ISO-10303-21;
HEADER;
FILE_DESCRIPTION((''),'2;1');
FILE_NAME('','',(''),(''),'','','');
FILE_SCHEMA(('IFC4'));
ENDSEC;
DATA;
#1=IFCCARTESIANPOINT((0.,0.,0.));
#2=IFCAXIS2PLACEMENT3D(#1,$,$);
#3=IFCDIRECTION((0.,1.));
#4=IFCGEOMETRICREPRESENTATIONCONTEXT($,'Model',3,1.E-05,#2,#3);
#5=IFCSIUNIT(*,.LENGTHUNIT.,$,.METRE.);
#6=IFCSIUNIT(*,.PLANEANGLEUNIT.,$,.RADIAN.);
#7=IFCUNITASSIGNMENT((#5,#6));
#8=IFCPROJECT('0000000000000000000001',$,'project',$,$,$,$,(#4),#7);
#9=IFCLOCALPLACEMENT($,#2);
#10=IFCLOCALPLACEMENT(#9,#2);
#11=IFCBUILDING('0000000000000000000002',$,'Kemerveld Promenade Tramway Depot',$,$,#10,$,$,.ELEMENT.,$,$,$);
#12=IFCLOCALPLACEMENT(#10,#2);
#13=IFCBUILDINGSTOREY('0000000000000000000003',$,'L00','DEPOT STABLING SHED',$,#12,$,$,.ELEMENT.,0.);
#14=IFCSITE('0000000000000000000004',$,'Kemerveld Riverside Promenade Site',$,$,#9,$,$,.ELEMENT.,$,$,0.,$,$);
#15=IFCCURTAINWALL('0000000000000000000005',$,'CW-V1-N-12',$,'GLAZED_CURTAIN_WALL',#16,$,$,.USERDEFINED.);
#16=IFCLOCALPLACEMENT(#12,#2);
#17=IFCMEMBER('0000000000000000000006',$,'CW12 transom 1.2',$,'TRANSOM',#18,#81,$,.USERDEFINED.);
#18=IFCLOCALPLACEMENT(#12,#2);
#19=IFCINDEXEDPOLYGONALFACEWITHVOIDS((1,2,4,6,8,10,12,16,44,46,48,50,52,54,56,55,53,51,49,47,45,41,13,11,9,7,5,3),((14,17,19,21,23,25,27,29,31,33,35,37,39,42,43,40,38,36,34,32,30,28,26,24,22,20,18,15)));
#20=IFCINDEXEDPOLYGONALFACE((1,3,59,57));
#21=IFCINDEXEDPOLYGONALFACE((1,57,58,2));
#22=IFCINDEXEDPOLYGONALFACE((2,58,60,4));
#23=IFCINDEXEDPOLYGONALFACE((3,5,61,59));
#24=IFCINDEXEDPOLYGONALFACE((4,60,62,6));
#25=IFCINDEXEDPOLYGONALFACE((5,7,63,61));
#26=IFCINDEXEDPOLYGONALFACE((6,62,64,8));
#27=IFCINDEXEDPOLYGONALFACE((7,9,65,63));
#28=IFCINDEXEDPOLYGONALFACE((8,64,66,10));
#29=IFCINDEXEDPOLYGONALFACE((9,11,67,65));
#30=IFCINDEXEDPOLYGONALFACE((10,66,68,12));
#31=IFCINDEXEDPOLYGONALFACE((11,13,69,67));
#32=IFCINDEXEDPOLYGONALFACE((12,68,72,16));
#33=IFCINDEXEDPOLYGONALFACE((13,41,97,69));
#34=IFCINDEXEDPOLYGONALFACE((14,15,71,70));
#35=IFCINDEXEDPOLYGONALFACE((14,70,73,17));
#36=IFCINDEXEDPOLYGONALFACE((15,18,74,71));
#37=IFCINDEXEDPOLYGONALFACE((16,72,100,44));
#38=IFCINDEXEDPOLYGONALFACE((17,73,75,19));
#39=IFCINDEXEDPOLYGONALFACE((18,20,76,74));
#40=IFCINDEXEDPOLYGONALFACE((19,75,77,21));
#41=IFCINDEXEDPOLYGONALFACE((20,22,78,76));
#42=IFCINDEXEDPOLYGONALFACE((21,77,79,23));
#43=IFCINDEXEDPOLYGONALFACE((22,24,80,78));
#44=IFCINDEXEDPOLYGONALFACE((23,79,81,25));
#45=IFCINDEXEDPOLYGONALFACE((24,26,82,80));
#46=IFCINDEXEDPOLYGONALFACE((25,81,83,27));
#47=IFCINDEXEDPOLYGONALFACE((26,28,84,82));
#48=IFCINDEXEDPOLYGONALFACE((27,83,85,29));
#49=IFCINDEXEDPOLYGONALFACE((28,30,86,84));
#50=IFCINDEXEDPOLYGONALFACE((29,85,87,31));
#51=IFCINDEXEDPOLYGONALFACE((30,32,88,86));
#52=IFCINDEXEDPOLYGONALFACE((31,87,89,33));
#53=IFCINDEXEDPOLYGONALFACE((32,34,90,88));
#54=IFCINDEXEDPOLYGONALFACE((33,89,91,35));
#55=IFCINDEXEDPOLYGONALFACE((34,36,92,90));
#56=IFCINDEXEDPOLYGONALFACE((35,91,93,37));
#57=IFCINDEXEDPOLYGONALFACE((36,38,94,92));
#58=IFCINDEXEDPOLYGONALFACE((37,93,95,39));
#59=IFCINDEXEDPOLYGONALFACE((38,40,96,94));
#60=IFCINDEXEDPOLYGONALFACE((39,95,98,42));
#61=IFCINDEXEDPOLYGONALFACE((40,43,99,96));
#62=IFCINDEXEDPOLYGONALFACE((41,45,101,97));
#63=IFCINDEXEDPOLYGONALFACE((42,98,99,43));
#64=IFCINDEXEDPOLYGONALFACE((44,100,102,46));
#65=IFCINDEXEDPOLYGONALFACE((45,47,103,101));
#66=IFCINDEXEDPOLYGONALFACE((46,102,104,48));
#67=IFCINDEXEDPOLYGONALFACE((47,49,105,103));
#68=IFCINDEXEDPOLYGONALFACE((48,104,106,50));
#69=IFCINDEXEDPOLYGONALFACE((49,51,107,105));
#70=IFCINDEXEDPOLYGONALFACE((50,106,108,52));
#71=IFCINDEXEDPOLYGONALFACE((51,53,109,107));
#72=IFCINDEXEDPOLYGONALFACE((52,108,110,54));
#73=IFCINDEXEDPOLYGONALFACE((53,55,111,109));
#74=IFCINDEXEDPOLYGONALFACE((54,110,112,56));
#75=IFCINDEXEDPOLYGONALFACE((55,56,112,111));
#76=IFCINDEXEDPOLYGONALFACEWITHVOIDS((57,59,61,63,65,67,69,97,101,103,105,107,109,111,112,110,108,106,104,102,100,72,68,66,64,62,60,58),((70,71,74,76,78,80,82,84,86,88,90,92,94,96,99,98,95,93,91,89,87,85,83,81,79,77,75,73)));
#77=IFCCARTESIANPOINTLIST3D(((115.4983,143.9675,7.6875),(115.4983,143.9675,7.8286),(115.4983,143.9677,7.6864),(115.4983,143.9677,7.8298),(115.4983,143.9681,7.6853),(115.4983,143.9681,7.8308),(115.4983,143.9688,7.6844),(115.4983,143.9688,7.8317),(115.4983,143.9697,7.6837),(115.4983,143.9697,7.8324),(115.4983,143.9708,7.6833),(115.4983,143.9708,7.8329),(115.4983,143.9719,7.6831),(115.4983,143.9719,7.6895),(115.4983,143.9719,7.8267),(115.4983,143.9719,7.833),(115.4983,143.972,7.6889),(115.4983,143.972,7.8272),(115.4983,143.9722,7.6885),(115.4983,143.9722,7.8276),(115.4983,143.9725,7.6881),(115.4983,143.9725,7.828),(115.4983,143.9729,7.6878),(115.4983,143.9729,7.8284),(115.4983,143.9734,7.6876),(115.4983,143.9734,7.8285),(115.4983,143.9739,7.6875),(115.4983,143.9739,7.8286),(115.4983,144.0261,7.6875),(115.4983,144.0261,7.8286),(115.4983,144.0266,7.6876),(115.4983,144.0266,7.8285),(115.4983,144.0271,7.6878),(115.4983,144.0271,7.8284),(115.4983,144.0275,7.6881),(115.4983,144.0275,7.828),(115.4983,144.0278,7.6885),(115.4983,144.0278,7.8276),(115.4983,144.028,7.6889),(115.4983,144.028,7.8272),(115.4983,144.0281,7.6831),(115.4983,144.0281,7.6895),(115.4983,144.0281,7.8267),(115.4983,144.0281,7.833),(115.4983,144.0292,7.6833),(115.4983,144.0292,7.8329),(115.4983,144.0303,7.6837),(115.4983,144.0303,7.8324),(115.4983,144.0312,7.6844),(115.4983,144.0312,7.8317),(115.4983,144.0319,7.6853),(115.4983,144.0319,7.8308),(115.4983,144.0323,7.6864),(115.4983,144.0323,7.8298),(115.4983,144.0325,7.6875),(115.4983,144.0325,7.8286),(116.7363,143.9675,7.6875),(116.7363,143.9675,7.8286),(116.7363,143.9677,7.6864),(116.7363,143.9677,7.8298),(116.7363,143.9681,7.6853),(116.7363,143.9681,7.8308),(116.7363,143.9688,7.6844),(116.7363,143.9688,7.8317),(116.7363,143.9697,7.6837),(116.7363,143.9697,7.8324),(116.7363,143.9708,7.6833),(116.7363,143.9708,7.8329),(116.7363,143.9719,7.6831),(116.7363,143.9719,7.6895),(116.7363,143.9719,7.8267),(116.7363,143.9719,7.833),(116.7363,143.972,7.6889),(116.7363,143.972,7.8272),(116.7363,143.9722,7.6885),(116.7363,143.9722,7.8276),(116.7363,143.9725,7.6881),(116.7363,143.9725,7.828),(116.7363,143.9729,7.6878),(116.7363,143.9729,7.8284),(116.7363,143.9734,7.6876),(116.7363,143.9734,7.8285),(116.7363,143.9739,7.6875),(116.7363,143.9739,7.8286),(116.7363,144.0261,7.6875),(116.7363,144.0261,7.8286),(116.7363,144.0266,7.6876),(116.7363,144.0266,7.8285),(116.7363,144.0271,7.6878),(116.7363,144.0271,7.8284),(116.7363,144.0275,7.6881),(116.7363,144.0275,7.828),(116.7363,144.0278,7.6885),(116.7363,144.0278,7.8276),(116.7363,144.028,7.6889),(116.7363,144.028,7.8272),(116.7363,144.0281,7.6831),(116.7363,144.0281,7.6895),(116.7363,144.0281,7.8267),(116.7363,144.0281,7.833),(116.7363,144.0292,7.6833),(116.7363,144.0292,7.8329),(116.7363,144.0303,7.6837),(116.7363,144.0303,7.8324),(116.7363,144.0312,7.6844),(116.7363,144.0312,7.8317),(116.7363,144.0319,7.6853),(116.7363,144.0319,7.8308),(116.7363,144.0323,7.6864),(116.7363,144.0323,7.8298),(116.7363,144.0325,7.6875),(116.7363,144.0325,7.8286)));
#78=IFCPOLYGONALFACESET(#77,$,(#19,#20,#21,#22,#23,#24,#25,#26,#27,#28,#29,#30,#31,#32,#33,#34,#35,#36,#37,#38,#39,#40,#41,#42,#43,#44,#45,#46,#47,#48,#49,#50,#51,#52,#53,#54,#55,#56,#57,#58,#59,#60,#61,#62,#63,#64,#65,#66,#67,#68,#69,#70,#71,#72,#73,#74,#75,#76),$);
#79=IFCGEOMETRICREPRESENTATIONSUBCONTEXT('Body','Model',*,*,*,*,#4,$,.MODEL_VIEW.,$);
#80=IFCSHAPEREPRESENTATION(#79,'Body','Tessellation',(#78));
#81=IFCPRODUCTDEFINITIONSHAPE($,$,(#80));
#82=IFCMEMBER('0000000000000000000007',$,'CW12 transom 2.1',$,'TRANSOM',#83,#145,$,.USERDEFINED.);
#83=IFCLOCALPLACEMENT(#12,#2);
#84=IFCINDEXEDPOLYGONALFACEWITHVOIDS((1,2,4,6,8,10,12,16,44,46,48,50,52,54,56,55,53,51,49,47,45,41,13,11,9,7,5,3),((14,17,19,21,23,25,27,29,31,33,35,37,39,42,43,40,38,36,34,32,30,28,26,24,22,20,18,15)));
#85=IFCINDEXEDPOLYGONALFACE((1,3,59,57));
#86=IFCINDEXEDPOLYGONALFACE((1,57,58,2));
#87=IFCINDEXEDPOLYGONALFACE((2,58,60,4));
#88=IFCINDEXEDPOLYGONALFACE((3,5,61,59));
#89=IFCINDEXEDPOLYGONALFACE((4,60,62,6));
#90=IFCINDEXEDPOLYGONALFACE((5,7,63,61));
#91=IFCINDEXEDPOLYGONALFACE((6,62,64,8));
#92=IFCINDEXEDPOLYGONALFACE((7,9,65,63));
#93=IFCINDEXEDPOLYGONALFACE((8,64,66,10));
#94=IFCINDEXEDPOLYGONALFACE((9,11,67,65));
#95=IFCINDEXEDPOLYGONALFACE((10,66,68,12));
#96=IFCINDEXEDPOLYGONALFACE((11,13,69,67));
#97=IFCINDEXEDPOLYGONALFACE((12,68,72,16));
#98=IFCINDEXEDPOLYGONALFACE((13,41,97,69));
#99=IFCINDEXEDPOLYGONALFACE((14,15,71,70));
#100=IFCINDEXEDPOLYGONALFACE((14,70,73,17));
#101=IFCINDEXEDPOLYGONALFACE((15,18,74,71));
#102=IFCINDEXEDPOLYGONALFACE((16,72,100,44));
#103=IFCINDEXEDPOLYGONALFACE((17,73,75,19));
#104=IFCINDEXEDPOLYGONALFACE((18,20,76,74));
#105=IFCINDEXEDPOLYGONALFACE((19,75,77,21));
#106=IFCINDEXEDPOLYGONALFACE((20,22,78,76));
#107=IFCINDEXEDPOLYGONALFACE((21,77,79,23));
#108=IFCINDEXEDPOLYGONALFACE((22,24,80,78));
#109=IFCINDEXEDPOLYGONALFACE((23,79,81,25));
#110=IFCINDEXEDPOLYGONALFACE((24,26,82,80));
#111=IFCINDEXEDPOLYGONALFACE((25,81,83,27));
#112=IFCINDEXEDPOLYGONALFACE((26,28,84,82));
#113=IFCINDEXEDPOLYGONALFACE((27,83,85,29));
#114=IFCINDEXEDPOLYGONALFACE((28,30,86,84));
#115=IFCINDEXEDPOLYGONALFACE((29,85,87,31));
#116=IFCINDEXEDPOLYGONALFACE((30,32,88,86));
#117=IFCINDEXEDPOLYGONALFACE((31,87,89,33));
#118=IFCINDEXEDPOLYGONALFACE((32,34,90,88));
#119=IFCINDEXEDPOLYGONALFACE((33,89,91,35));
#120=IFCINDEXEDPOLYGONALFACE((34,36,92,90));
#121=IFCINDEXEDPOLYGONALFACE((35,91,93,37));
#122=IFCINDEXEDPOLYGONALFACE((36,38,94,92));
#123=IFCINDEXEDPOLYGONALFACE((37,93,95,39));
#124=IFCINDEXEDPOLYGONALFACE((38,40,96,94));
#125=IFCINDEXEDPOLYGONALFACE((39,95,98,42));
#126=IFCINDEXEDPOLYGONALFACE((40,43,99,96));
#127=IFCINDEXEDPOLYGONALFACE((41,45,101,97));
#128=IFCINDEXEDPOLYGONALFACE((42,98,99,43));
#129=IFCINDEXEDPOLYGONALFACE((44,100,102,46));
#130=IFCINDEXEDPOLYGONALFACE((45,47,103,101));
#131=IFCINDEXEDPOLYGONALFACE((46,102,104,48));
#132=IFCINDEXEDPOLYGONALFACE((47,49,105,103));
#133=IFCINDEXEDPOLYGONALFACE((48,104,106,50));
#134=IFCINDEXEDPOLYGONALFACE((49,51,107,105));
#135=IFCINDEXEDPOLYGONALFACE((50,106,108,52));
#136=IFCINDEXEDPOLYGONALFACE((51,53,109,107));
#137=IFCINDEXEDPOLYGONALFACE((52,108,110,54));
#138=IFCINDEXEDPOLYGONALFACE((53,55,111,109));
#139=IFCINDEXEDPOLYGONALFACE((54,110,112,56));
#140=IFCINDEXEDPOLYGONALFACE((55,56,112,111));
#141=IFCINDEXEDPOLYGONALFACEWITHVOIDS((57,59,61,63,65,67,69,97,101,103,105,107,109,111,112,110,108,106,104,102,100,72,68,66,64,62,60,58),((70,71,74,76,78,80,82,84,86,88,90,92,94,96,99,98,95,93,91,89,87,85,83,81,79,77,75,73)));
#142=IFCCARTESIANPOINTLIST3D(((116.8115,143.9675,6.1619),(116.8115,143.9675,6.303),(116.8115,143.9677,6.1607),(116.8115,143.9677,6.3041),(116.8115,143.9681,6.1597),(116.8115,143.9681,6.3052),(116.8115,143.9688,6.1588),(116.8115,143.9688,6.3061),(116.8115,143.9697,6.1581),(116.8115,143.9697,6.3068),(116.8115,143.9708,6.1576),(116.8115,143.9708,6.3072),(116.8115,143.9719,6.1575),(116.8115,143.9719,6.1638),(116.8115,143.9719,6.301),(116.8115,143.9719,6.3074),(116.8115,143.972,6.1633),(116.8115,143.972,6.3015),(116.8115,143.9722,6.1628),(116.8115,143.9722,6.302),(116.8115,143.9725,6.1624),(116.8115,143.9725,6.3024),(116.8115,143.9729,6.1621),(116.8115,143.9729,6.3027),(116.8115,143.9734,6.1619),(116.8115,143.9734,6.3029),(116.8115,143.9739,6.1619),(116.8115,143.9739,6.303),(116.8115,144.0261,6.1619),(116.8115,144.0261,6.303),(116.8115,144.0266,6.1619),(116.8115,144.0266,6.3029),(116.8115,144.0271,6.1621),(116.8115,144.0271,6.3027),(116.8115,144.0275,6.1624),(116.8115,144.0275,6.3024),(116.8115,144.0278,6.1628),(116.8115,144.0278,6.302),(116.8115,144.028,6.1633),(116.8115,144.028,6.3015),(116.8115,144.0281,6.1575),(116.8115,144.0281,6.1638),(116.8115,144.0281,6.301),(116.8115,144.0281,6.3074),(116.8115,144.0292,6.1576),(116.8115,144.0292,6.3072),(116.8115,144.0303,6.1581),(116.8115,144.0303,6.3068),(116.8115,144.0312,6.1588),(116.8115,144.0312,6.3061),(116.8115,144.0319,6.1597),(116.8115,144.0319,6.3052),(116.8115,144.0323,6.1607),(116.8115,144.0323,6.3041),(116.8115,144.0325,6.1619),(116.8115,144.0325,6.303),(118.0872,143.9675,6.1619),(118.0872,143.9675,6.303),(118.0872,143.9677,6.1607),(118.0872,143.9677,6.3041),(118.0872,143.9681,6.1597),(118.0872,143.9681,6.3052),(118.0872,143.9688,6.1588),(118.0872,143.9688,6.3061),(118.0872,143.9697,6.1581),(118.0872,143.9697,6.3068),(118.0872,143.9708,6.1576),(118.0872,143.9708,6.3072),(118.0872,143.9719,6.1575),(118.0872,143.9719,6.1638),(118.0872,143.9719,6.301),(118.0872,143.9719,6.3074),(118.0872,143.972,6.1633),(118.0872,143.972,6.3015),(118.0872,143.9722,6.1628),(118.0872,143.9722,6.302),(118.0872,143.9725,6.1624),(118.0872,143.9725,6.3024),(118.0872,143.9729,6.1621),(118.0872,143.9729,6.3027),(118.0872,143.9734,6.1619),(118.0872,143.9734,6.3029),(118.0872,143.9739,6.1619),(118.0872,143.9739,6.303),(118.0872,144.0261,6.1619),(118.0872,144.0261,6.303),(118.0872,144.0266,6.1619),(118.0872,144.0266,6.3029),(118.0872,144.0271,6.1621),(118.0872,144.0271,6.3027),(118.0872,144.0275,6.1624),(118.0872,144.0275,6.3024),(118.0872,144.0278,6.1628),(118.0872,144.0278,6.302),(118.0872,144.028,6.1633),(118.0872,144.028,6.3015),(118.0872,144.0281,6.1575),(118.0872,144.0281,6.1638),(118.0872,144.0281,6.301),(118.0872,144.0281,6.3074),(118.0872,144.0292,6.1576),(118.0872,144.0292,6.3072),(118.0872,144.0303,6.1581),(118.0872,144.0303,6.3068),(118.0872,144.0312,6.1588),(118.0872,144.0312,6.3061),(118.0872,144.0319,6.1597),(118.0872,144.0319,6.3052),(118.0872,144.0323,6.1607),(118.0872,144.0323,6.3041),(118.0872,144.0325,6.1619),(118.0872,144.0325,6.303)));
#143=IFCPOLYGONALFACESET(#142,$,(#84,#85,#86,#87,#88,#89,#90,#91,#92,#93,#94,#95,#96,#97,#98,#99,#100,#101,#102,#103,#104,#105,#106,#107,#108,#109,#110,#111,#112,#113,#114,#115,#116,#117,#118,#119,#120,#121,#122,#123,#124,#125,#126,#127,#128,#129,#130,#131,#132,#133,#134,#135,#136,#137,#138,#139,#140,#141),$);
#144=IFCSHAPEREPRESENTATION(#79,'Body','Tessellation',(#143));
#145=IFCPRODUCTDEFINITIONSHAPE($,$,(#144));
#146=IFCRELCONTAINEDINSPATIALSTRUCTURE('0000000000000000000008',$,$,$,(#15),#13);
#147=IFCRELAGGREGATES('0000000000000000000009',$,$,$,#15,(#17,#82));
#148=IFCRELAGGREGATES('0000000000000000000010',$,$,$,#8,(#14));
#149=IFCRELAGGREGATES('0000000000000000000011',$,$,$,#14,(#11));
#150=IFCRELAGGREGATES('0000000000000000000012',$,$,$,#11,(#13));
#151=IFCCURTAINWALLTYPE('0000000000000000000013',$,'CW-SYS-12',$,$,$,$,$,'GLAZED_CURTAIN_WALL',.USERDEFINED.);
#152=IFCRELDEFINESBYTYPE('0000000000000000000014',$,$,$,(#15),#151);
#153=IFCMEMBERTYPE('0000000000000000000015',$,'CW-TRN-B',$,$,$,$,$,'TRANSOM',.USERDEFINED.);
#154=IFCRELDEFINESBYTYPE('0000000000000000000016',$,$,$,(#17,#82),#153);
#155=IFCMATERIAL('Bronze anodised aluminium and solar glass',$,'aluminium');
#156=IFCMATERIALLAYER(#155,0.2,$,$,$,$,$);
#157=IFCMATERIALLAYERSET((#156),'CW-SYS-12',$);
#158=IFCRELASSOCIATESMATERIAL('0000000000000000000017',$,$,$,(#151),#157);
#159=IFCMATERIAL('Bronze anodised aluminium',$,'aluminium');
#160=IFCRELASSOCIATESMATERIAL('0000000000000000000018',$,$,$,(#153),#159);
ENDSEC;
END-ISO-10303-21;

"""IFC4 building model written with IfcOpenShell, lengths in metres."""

from ifc_helpers import new_model, si_unit, direction, frame, origin, origin_2d, place, context, subcontext, project, spatial, hollow_rectangle, extrude, material, layer, layer_set, material_profile, profile_set, type_object, element, aggregate, save


model = new_model("IFC4")

# Units and contexts
model_context = context("Model", 3, precision=1e-05, world=origin(), true_north=direction((0.0, 1.0)))
body_context = subcontext(model_context, "Body", "Model", "MODEL_VIEW")
ifc_project = project(units=[si_unit("LENGTHUNIT", "METRE"), si_unit("PLANEANGLEUNIT", "RADIAN")], contexts=[model_context])

# Site, building, storey
site_placement = place(None, origin())
site = spatial("IfcSite", under=ifc_project, at=site_placement, Name="Kemerveld Riverside Promenade Site", CompositionType="ELEMENT", RefElevation=0.0)
building_placement = place(site_placement, origin())
building = spatial("IfcBuilding", under=site, at=building_placement, Name="Kemerveld Promenade Tramway Depot", CompositionType="ELEMENT")
storey_placement = place(building_placement, origin())
storey = spatial("IfcBuildingStorey", under=building, at=storey_placement, Name="L00", Description="DEPOT STABLING SHED", CompositionType="ELEMENT", Elevation=0.0)

# Shared definitions
ifc_material_1 = material(Name="Bronze anodised aluminium and solar glass", Category="aluminium")
ifc_material_2 = material(Name="Bronze anodised aluminium", Category="aluminium")

# Curtain wall, members
ifc_layer_1 = layer(ifc_material_1, 0.2)
ifc_layer_set_1 = layer_set([ifc_layer_1], Name="CW-SYS-12")
curtain_wall_type_1 = type_object("IfcCurtainWallType", Name="CW-SYS-12", ElementType="GLAZED_CURTAIN_WALL", PredefinedType="USERDEFINED", material=ifc_layer_set_1)
curtain_wall_1_placement = place(storey_placement, origin())
curtain_wall_1 = element("IfcCurtainWall", 1, at=curtain_wall_1_placement, inside=storey, type_object=curtain_wall_type_1, Name="CW-V1-N-12", ObjectType="GLAZED_CURTAIN_WALL", PredefinedType="USERDEFINED")
ifc_material_profile_1 = material_profile(ifc_material_2, hollow_rectangle(XDim=0.0649, YDim=0.1499, WallThickness=0.0044, InnerFilletRadius=0.002, OuterFilletRadius=0.0044, at=origin_2d()), Name="CW-TRN-150x65")
ifc_profile_set_1 = profile_set([ifc_material_profile_1], Name="Bronze anodised aluminium")
member_type_1 = type_object("IfcMemberType", Name="CW-TRN-B", ElementType="TRANSOM", PredefinedType="USERDEFINED", material=ifc_profile_set_1)
member_1_placement = place(storey_placement, frame((115.4983, 144.0, 7.7581), z_axis=(1.0, 0.0, 0.0), x_axis=(0.0, 1.0, 0.0)))
member_1 = element("IfcMember", 2, at=member_1_placement, type_object=member_type_1, Name="CW12 transom 1.2", ObjectType="TRANSOM", PredefinedType="USERDEFINED", context=body_context, shape_type="SweptSolid", body=[
    extrude(hollow_rectangle(XDim=0.0649, YDim=0.1499, WallThickness=0.0044, InnerFilletRadius=0.002, OuterFilletRadius=0.0044, at=origin_2d()), origin(), (0.0, 0.0, 1.0), 1.238),
])
member_2_placement = place(storey_placement, frame((116.8115, 144.0, 6.2324), z_axis=(1.0, 0.0, 0.0), x_axis=(0.0, 1.0, 0.0)))
member_2 = element("IfcMember", 3, at=member_2_placement, type_object=member_type_1, Name="CW12 transom 2.1", ObjectType="TRANSOM", PredefinedType="USERDEFINED", context=body_context, shape_type="SweptSolid", body=[
    extrude(hollow_rectangle(XDim=0.0649, YDim=0.1499, WallThickness=0.0044, InnerFilletRadius=0.002, OuterFilletRadius=0.0044, at=origin_2d()), origin(), (0.0, 0.0, 1.0), 1.2756),
])

aggregate(curtain_wall_1, [member_1, member_2])

save(model, "model.ifc")
